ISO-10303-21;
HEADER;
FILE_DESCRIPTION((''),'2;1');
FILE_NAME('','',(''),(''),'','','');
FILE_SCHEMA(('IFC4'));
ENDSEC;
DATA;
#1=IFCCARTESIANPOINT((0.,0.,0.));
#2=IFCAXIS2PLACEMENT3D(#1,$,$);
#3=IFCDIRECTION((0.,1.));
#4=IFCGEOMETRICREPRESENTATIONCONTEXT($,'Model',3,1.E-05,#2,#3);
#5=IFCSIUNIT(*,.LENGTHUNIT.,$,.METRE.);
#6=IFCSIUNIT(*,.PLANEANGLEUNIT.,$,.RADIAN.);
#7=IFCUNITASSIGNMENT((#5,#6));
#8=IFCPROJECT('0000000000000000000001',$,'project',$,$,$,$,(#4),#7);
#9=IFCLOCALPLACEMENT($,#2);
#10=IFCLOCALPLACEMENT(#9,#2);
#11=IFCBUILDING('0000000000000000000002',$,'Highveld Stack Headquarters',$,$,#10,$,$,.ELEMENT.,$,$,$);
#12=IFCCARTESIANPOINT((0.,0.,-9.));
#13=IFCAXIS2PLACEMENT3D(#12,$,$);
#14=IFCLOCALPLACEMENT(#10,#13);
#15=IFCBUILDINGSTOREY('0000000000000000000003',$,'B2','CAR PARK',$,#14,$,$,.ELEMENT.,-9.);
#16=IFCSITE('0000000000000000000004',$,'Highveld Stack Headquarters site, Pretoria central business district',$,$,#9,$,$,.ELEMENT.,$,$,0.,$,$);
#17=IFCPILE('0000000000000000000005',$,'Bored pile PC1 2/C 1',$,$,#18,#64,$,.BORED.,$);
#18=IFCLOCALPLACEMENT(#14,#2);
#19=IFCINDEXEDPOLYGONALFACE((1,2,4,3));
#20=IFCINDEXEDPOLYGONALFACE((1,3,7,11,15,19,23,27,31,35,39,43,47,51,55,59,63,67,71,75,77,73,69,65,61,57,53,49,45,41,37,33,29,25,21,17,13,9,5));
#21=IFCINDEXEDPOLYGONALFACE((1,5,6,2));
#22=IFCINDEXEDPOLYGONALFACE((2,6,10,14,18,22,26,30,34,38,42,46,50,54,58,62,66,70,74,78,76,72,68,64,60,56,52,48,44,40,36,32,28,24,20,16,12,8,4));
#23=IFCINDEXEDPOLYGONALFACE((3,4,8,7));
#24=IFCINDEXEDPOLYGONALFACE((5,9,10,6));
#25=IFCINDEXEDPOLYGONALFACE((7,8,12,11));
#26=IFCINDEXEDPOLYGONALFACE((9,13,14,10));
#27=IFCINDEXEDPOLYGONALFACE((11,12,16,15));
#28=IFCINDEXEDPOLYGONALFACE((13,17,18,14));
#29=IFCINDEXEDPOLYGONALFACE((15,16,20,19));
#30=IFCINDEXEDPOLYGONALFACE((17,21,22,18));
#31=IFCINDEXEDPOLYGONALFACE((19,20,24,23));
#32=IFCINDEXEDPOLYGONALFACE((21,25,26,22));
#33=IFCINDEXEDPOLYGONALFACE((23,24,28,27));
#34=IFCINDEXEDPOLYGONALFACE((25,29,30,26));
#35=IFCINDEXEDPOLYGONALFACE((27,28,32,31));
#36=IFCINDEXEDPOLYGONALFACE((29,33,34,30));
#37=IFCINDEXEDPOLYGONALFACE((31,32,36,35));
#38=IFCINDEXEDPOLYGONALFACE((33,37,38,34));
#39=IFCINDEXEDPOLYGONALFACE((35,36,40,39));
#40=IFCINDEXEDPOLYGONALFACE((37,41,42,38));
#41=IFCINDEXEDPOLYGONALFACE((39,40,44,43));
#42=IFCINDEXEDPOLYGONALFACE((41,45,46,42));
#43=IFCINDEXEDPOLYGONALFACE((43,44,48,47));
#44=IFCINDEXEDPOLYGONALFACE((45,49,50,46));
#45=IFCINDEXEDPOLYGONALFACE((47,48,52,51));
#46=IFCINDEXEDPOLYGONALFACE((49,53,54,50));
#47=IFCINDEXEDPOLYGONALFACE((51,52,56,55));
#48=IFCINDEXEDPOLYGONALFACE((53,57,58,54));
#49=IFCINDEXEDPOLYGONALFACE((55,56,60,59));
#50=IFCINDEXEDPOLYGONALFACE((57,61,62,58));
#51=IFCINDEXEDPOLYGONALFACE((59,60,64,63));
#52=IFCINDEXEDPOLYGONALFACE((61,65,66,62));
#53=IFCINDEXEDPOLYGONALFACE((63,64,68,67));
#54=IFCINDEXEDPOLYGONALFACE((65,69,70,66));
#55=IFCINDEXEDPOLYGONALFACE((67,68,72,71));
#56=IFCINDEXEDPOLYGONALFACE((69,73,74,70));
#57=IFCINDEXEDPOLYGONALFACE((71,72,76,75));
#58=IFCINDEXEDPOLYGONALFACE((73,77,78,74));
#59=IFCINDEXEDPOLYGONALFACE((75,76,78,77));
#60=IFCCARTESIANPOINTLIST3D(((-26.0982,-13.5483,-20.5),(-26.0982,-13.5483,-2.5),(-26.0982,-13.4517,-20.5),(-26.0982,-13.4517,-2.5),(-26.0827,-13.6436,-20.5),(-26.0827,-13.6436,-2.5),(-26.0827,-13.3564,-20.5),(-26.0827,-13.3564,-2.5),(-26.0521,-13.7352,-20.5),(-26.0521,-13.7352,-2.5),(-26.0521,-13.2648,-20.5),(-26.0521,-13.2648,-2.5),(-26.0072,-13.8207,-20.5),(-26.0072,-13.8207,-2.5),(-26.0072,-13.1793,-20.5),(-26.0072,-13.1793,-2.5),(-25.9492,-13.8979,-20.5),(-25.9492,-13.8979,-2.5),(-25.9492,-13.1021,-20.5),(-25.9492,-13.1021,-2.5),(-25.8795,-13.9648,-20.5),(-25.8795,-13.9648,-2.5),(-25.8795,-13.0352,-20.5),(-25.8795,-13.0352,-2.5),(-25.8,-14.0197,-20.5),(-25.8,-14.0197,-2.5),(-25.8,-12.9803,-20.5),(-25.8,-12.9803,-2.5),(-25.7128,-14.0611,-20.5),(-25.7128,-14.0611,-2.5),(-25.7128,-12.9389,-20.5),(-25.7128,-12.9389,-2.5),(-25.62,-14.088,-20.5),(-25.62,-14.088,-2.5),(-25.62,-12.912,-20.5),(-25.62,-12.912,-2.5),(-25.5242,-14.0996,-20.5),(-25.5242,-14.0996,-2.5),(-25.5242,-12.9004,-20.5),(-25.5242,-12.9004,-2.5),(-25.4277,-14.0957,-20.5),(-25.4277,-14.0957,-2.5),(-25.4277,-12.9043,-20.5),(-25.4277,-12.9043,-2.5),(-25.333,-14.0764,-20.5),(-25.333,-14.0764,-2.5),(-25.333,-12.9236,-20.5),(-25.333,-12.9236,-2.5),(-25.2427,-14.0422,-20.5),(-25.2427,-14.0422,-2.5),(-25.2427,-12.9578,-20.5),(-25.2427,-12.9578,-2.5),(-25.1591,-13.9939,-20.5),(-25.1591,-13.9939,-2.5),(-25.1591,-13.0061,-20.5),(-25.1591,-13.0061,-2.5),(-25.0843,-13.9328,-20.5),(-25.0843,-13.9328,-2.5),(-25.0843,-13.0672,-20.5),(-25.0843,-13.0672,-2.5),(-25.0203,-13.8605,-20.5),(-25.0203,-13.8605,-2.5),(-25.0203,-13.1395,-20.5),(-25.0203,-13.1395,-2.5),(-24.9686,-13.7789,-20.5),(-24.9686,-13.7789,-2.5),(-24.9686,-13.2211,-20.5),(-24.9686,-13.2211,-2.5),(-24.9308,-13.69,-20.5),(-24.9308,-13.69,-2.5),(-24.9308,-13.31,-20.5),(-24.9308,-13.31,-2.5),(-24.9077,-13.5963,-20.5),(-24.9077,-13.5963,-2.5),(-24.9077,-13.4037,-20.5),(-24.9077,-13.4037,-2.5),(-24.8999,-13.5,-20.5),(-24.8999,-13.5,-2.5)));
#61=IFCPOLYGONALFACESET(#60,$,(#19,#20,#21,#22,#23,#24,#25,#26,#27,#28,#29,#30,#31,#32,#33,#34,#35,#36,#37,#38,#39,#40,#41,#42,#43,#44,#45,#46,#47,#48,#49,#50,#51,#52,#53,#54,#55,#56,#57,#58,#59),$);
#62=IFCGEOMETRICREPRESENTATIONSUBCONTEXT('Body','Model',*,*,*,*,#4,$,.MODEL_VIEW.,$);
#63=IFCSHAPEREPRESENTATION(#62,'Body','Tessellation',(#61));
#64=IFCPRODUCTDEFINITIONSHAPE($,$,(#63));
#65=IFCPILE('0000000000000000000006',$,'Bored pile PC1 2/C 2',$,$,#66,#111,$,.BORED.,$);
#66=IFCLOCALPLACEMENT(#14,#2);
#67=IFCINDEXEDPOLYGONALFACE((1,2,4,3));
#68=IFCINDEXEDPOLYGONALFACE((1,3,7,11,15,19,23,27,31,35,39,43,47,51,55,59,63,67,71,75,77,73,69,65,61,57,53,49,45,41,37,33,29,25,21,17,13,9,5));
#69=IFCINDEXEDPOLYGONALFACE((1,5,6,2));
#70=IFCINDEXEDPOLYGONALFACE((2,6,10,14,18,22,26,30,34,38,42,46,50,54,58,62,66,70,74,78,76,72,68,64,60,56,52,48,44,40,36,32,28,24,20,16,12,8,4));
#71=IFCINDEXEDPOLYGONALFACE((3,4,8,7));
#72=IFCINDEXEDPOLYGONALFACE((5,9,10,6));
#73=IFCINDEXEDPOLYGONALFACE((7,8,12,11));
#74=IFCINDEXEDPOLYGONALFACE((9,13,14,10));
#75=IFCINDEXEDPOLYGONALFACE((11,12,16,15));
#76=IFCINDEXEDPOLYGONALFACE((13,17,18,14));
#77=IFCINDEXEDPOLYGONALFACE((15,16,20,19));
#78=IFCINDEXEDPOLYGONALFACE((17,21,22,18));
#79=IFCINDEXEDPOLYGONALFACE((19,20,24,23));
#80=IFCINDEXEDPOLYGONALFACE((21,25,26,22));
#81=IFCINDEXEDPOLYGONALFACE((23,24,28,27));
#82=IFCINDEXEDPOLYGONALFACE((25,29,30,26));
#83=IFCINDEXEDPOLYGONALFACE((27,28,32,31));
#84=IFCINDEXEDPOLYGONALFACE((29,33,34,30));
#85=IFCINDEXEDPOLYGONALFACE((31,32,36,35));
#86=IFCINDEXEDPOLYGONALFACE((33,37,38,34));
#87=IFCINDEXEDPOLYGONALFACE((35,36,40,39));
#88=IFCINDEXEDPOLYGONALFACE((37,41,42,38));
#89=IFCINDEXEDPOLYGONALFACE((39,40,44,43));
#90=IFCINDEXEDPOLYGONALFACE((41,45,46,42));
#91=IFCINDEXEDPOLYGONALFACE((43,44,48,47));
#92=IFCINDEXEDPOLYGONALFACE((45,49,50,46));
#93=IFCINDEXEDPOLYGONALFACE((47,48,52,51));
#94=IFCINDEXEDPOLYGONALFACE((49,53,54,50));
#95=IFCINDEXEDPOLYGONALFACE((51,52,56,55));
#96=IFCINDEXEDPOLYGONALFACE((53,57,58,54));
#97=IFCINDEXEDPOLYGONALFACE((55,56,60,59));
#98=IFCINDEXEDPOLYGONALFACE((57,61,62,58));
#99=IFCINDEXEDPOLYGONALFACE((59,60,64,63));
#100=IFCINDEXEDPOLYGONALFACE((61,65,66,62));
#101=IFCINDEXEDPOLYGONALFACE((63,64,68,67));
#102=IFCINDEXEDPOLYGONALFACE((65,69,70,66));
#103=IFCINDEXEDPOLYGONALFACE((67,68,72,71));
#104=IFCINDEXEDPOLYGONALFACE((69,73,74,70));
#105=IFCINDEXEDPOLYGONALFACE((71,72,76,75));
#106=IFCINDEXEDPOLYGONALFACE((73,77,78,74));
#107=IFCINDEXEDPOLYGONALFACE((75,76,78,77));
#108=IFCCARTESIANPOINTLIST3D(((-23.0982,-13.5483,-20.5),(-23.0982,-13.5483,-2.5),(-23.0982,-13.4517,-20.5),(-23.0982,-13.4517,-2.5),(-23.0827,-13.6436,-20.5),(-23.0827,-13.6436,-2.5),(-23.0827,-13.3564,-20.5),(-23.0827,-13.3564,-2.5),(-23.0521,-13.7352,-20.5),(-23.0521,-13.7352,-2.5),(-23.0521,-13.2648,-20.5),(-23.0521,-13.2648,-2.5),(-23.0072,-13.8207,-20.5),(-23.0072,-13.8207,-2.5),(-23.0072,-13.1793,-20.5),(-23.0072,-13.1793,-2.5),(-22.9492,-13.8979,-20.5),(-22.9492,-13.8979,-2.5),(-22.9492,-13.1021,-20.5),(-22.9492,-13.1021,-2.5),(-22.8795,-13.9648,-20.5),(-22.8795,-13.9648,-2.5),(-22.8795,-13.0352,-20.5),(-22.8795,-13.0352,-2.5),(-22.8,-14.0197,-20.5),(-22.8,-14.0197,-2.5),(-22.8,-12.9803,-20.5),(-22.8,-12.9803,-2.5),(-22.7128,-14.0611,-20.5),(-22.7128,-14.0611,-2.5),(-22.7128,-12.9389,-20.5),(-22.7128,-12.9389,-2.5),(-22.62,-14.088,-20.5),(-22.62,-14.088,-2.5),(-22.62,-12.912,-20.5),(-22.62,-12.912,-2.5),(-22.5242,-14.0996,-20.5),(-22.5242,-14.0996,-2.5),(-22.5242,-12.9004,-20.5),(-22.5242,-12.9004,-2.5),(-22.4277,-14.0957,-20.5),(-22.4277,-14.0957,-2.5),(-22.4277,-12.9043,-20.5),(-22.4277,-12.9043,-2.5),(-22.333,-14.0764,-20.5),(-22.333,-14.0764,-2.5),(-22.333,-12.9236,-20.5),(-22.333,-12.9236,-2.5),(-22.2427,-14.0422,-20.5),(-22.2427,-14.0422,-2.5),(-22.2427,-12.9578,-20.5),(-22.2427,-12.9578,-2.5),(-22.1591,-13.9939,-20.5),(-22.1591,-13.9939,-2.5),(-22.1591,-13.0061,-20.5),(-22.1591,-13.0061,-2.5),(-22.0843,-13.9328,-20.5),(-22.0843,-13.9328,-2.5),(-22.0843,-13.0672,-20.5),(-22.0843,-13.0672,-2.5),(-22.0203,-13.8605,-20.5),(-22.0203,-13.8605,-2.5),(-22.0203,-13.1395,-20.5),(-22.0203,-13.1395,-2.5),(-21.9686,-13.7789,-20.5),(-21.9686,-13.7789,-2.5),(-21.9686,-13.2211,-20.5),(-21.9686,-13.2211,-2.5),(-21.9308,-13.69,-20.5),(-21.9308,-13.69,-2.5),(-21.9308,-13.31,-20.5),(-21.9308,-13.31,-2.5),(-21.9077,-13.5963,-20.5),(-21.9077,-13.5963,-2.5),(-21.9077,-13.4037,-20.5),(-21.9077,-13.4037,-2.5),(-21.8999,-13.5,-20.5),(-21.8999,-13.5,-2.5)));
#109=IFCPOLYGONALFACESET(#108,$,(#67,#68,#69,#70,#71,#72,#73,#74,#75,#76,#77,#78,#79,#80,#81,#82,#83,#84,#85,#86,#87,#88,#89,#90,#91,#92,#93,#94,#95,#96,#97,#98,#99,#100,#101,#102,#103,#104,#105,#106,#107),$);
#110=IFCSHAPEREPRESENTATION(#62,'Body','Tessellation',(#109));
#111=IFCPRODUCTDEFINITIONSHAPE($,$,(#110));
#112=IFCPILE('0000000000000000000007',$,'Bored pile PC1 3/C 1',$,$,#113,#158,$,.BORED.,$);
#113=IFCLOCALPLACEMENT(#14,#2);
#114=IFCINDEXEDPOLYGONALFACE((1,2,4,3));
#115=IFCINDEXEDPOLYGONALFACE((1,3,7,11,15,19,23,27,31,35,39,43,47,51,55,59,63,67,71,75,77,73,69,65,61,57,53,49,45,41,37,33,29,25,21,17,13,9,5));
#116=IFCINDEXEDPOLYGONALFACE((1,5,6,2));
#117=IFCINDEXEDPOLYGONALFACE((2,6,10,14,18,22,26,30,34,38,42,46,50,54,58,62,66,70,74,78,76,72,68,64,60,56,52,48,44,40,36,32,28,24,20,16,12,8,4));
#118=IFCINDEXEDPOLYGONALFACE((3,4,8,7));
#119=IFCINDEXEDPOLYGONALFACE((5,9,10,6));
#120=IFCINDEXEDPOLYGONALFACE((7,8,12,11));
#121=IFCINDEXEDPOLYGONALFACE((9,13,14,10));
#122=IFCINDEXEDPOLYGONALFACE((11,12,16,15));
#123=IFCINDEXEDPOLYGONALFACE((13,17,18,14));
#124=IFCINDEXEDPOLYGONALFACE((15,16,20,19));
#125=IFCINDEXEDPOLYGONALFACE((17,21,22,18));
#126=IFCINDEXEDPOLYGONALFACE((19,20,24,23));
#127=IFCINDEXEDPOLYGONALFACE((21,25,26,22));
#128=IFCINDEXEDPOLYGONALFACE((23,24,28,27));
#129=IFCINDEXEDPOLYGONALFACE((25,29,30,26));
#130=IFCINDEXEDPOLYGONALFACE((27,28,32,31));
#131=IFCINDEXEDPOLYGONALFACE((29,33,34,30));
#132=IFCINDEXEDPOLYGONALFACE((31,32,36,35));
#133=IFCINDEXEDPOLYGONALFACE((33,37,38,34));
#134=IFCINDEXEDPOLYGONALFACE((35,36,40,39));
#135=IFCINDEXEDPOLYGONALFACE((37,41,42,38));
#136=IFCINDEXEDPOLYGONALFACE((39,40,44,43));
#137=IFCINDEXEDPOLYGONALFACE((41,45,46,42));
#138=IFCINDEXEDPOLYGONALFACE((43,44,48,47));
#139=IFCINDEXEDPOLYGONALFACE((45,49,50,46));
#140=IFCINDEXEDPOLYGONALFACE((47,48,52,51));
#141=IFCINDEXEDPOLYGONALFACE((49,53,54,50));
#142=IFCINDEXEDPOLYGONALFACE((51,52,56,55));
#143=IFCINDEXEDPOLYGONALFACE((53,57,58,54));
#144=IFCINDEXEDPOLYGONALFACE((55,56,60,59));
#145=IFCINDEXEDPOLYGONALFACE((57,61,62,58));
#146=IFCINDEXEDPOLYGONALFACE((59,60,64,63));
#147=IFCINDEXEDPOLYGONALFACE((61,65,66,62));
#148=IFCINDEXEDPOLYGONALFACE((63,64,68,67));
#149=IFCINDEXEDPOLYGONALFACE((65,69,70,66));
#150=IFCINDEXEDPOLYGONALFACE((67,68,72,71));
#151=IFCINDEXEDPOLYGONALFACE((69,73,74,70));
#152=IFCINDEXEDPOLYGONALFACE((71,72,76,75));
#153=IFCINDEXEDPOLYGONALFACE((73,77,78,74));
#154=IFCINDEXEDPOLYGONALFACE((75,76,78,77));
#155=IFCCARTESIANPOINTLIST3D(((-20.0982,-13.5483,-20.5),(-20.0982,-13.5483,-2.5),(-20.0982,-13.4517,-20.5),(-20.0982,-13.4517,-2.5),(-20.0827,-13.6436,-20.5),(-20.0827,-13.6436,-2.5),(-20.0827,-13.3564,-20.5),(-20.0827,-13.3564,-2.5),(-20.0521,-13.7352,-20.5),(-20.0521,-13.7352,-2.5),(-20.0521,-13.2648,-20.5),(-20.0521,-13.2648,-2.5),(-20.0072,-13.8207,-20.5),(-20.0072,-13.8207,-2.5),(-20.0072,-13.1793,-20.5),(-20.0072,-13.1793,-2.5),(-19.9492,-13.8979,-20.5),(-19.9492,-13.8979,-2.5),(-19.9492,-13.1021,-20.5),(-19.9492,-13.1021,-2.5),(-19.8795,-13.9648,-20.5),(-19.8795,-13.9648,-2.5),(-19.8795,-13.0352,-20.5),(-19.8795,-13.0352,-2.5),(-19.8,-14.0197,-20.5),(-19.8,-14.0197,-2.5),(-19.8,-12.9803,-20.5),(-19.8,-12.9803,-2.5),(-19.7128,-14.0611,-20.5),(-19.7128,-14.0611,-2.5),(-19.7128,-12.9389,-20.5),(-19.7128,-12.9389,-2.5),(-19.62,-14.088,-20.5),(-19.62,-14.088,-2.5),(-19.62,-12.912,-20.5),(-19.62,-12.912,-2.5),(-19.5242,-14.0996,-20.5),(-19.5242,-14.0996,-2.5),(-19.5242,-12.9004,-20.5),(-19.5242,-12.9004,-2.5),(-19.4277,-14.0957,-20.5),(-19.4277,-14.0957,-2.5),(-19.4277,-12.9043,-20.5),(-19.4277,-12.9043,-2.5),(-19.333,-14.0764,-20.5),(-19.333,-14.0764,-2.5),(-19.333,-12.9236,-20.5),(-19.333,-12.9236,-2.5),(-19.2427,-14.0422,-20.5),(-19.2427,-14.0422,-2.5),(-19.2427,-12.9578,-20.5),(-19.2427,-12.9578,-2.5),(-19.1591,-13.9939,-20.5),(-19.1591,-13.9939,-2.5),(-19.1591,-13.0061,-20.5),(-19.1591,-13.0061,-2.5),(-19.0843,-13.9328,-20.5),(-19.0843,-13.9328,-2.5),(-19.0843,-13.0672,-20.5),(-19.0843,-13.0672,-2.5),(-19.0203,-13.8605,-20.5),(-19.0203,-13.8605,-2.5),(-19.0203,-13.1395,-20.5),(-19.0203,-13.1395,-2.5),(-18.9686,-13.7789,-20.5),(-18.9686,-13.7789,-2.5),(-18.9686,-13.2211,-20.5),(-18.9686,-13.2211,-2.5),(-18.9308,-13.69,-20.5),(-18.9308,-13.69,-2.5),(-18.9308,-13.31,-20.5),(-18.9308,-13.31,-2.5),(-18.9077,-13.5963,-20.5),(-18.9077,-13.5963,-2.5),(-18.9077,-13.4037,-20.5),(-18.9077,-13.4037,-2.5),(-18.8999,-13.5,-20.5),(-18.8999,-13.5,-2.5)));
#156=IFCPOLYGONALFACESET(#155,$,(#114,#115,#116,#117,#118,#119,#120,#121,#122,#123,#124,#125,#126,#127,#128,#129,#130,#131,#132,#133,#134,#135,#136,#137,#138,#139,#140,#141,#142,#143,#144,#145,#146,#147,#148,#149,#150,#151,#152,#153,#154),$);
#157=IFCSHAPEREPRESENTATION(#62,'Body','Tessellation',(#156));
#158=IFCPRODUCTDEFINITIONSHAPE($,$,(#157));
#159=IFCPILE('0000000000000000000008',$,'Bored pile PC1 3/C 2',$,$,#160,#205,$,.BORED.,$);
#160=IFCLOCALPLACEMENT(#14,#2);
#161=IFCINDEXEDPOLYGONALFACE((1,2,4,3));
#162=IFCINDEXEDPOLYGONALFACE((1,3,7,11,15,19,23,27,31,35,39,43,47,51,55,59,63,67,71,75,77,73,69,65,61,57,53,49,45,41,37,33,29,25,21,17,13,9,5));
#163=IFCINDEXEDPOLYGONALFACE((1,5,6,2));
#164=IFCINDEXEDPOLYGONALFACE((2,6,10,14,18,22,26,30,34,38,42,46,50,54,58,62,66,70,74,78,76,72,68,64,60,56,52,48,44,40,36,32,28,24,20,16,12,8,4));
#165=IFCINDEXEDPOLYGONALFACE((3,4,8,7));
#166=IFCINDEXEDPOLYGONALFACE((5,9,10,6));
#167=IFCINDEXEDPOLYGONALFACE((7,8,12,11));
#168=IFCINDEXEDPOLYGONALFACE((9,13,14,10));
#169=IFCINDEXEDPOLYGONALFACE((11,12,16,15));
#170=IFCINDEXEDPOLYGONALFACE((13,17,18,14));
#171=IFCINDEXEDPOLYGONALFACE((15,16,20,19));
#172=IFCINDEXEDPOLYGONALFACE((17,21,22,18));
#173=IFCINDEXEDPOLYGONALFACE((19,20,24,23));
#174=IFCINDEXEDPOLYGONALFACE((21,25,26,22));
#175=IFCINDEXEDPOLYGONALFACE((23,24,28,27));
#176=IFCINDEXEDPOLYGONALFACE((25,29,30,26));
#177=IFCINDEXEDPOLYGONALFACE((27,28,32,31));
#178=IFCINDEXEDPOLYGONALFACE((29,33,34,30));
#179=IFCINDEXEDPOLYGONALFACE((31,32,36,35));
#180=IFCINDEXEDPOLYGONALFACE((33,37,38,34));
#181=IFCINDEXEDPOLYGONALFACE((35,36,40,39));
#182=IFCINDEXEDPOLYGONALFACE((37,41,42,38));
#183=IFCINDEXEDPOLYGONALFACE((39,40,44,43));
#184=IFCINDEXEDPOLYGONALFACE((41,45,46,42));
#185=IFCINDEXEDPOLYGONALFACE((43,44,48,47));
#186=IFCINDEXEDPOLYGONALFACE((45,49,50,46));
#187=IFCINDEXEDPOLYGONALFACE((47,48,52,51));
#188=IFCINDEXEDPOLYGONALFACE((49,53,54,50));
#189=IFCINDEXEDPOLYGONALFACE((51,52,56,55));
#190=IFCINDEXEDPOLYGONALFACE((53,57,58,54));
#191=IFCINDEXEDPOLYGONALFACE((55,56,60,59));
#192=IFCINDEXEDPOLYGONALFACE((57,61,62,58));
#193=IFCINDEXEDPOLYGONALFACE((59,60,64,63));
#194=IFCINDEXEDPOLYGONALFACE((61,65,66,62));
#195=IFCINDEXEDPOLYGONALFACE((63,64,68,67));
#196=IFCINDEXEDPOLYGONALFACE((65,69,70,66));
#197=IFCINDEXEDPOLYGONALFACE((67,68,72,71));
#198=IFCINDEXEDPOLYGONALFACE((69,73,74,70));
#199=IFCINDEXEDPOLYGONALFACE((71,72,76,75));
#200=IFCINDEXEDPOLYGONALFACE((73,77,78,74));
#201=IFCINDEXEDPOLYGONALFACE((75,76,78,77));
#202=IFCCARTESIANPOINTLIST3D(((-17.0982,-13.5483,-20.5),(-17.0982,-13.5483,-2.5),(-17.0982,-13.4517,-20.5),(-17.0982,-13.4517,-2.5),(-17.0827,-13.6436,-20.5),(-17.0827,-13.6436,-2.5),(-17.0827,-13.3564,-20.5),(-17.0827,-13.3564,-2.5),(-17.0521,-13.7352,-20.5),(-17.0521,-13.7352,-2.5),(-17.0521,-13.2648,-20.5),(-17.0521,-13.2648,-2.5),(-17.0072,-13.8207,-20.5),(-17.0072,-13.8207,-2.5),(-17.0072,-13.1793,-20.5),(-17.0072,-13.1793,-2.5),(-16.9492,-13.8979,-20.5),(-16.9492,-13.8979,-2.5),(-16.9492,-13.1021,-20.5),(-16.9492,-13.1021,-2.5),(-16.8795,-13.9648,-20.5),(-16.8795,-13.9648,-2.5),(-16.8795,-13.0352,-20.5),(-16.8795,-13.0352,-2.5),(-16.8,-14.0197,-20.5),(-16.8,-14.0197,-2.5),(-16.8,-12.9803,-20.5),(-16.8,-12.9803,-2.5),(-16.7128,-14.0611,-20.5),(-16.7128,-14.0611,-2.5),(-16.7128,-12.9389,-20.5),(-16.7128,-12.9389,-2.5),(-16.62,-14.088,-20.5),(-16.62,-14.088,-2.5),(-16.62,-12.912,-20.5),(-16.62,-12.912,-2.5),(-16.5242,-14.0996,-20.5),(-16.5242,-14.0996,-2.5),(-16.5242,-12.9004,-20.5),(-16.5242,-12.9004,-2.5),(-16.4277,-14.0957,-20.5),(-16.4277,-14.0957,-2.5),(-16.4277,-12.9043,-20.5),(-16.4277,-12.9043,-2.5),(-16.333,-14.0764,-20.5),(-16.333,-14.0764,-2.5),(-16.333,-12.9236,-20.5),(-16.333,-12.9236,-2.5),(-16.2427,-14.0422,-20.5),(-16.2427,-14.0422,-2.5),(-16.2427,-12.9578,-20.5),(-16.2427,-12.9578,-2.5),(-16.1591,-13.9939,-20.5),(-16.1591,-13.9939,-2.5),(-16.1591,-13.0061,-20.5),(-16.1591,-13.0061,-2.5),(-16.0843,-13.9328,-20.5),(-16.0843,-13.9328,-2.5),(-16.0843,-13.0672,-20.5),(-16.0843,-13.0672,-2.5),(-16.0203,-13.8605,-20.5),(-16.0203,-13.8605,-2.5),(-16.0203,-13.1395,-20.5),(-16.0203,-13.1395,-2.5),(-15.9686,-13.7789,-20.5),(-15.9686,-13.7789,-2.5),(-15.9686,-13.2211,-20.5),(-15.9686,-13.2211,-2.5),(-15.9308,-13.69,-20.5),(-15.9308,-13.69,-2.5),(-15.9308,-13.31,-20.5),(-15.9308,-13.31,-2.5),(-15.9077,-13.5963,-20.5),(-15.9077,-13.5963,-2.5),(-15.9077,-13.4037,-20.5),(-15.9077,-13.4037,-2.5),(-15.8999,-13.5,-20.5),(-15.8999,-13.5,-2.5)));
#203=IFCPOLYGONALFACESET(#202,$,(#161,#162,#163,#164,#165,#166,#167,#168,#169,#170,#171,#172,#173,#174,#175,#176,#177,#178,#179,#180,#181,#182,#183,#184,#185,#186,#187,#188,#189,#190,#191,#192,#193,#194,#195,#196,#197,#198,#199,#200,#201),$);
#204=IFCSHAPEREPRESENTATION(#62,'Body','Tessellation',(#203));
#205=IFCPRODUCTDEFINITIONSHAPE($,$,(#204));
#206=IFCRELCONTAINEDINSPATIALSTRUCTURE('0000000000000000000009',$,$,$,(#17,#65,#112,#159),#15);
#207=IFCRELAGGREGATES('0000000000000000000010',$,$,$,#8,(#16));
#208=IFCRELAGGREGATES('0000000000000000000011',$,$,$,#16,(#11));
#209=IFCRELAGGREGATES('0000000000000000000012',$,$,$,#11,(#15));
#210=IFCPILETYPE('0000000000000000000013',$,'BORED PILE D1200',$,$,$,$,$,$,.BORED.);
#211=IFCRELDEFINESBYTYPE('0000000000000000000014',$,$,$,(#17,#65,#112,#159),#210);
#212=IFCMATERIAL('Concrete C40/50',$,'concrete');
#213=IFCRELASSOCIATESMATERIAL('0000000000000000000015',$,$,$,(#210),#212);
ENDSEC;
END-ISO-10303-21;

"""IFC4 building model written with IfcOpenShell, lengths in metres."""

from ifc_helpers import new_model, si_unit, direction, frame, origin, origin_2d, place, context, subcontext, project, spatial, circle, extrude, material, type_object, element, save


model = new_model("IFC4")

# Units and contexts
model_context = context("Model", 3, precision=1e-05, world=origin(), true_north=direction((0.0, 1.0)))
body_context = subcontext(model_context, "Body", "Model", "MODEL_VIEW")
ifc_project = project(units=[si_unit("LENGTHUNIT", "METRE"), si_unit("PLANEANGLEUNIT", "RADIAN")], contexts=[model_context])

# Site, building, storey
site_placement = place(None, origin())
site = spatial("IfcSite", under=ifc_project, at=site_placement, Name="Highveld Stack Headquarters site, Pretoria central business district", CompositionType="ELEMENT", RefElevation=0.0)
building_placement = place(site_placement, origin())
building = spatial("IfcBuilding", under=site, at=building_placement, Name="Highveld Stack Headquarters", CompositionType="ELEMENT")
storey_placement = place(building_placement, frame((0.0, 0.0, -9.0)))
storey = spatial("IfcBuildingStorey", under=building, at=storey_placement, Name="B2", Description="CAR PARK", CompositionType="ELEMENT", Elevation=-9.0)

# Piles
ifc_material_1 = material(Name="Concrete C40/50", Category="concrete")
pile_type_1 = type_object("IfcPileType", Name="BORED PILE D1200", PredefinedType="BORED", material=ifc_material_1)
for number, where, z_axis, x_axis, name in (
    (1, (-25.5, -13.5, -2.5), (0.0, 0.0, -1.0), (1.0, 0.0, 0.0), "Bored pile PC1 2/C 1"),
    (2, (-22.5, -13.5, -2.5), (0.0, 0.0, -1.0), (1.0, 0.0, 0.0), "Bored pile PC1 2/C 2"),
    (3, (-19.5, -13.5, -2.5), (0.0, 0.0, -1.0), (1.0, 0.0, 0.0), "Bored pile PC1 3/C 1"),
    (4, (-16.5, -13.5, -2.5), (0.0, 0.0, -1.0), (1.0, 0.0, 0.0), "Bored pile PC1 3/C 2"),
):
    element("IfcPile", number, at=place(storey_placement, frame(where, z_axis=z_axis, x_axis=x_axis)), inside=storey, type_object=pile_type_1, Name=name, PredefinedType="BORED", context=body_context, shape_type="SweptSolid", body=[
        extrude(circle(Radius=0.6001, at=origin_2d()), origin(), (0.0, 0.0, 1.0), 18.0),
    ])

save(model, "model.ifc")
